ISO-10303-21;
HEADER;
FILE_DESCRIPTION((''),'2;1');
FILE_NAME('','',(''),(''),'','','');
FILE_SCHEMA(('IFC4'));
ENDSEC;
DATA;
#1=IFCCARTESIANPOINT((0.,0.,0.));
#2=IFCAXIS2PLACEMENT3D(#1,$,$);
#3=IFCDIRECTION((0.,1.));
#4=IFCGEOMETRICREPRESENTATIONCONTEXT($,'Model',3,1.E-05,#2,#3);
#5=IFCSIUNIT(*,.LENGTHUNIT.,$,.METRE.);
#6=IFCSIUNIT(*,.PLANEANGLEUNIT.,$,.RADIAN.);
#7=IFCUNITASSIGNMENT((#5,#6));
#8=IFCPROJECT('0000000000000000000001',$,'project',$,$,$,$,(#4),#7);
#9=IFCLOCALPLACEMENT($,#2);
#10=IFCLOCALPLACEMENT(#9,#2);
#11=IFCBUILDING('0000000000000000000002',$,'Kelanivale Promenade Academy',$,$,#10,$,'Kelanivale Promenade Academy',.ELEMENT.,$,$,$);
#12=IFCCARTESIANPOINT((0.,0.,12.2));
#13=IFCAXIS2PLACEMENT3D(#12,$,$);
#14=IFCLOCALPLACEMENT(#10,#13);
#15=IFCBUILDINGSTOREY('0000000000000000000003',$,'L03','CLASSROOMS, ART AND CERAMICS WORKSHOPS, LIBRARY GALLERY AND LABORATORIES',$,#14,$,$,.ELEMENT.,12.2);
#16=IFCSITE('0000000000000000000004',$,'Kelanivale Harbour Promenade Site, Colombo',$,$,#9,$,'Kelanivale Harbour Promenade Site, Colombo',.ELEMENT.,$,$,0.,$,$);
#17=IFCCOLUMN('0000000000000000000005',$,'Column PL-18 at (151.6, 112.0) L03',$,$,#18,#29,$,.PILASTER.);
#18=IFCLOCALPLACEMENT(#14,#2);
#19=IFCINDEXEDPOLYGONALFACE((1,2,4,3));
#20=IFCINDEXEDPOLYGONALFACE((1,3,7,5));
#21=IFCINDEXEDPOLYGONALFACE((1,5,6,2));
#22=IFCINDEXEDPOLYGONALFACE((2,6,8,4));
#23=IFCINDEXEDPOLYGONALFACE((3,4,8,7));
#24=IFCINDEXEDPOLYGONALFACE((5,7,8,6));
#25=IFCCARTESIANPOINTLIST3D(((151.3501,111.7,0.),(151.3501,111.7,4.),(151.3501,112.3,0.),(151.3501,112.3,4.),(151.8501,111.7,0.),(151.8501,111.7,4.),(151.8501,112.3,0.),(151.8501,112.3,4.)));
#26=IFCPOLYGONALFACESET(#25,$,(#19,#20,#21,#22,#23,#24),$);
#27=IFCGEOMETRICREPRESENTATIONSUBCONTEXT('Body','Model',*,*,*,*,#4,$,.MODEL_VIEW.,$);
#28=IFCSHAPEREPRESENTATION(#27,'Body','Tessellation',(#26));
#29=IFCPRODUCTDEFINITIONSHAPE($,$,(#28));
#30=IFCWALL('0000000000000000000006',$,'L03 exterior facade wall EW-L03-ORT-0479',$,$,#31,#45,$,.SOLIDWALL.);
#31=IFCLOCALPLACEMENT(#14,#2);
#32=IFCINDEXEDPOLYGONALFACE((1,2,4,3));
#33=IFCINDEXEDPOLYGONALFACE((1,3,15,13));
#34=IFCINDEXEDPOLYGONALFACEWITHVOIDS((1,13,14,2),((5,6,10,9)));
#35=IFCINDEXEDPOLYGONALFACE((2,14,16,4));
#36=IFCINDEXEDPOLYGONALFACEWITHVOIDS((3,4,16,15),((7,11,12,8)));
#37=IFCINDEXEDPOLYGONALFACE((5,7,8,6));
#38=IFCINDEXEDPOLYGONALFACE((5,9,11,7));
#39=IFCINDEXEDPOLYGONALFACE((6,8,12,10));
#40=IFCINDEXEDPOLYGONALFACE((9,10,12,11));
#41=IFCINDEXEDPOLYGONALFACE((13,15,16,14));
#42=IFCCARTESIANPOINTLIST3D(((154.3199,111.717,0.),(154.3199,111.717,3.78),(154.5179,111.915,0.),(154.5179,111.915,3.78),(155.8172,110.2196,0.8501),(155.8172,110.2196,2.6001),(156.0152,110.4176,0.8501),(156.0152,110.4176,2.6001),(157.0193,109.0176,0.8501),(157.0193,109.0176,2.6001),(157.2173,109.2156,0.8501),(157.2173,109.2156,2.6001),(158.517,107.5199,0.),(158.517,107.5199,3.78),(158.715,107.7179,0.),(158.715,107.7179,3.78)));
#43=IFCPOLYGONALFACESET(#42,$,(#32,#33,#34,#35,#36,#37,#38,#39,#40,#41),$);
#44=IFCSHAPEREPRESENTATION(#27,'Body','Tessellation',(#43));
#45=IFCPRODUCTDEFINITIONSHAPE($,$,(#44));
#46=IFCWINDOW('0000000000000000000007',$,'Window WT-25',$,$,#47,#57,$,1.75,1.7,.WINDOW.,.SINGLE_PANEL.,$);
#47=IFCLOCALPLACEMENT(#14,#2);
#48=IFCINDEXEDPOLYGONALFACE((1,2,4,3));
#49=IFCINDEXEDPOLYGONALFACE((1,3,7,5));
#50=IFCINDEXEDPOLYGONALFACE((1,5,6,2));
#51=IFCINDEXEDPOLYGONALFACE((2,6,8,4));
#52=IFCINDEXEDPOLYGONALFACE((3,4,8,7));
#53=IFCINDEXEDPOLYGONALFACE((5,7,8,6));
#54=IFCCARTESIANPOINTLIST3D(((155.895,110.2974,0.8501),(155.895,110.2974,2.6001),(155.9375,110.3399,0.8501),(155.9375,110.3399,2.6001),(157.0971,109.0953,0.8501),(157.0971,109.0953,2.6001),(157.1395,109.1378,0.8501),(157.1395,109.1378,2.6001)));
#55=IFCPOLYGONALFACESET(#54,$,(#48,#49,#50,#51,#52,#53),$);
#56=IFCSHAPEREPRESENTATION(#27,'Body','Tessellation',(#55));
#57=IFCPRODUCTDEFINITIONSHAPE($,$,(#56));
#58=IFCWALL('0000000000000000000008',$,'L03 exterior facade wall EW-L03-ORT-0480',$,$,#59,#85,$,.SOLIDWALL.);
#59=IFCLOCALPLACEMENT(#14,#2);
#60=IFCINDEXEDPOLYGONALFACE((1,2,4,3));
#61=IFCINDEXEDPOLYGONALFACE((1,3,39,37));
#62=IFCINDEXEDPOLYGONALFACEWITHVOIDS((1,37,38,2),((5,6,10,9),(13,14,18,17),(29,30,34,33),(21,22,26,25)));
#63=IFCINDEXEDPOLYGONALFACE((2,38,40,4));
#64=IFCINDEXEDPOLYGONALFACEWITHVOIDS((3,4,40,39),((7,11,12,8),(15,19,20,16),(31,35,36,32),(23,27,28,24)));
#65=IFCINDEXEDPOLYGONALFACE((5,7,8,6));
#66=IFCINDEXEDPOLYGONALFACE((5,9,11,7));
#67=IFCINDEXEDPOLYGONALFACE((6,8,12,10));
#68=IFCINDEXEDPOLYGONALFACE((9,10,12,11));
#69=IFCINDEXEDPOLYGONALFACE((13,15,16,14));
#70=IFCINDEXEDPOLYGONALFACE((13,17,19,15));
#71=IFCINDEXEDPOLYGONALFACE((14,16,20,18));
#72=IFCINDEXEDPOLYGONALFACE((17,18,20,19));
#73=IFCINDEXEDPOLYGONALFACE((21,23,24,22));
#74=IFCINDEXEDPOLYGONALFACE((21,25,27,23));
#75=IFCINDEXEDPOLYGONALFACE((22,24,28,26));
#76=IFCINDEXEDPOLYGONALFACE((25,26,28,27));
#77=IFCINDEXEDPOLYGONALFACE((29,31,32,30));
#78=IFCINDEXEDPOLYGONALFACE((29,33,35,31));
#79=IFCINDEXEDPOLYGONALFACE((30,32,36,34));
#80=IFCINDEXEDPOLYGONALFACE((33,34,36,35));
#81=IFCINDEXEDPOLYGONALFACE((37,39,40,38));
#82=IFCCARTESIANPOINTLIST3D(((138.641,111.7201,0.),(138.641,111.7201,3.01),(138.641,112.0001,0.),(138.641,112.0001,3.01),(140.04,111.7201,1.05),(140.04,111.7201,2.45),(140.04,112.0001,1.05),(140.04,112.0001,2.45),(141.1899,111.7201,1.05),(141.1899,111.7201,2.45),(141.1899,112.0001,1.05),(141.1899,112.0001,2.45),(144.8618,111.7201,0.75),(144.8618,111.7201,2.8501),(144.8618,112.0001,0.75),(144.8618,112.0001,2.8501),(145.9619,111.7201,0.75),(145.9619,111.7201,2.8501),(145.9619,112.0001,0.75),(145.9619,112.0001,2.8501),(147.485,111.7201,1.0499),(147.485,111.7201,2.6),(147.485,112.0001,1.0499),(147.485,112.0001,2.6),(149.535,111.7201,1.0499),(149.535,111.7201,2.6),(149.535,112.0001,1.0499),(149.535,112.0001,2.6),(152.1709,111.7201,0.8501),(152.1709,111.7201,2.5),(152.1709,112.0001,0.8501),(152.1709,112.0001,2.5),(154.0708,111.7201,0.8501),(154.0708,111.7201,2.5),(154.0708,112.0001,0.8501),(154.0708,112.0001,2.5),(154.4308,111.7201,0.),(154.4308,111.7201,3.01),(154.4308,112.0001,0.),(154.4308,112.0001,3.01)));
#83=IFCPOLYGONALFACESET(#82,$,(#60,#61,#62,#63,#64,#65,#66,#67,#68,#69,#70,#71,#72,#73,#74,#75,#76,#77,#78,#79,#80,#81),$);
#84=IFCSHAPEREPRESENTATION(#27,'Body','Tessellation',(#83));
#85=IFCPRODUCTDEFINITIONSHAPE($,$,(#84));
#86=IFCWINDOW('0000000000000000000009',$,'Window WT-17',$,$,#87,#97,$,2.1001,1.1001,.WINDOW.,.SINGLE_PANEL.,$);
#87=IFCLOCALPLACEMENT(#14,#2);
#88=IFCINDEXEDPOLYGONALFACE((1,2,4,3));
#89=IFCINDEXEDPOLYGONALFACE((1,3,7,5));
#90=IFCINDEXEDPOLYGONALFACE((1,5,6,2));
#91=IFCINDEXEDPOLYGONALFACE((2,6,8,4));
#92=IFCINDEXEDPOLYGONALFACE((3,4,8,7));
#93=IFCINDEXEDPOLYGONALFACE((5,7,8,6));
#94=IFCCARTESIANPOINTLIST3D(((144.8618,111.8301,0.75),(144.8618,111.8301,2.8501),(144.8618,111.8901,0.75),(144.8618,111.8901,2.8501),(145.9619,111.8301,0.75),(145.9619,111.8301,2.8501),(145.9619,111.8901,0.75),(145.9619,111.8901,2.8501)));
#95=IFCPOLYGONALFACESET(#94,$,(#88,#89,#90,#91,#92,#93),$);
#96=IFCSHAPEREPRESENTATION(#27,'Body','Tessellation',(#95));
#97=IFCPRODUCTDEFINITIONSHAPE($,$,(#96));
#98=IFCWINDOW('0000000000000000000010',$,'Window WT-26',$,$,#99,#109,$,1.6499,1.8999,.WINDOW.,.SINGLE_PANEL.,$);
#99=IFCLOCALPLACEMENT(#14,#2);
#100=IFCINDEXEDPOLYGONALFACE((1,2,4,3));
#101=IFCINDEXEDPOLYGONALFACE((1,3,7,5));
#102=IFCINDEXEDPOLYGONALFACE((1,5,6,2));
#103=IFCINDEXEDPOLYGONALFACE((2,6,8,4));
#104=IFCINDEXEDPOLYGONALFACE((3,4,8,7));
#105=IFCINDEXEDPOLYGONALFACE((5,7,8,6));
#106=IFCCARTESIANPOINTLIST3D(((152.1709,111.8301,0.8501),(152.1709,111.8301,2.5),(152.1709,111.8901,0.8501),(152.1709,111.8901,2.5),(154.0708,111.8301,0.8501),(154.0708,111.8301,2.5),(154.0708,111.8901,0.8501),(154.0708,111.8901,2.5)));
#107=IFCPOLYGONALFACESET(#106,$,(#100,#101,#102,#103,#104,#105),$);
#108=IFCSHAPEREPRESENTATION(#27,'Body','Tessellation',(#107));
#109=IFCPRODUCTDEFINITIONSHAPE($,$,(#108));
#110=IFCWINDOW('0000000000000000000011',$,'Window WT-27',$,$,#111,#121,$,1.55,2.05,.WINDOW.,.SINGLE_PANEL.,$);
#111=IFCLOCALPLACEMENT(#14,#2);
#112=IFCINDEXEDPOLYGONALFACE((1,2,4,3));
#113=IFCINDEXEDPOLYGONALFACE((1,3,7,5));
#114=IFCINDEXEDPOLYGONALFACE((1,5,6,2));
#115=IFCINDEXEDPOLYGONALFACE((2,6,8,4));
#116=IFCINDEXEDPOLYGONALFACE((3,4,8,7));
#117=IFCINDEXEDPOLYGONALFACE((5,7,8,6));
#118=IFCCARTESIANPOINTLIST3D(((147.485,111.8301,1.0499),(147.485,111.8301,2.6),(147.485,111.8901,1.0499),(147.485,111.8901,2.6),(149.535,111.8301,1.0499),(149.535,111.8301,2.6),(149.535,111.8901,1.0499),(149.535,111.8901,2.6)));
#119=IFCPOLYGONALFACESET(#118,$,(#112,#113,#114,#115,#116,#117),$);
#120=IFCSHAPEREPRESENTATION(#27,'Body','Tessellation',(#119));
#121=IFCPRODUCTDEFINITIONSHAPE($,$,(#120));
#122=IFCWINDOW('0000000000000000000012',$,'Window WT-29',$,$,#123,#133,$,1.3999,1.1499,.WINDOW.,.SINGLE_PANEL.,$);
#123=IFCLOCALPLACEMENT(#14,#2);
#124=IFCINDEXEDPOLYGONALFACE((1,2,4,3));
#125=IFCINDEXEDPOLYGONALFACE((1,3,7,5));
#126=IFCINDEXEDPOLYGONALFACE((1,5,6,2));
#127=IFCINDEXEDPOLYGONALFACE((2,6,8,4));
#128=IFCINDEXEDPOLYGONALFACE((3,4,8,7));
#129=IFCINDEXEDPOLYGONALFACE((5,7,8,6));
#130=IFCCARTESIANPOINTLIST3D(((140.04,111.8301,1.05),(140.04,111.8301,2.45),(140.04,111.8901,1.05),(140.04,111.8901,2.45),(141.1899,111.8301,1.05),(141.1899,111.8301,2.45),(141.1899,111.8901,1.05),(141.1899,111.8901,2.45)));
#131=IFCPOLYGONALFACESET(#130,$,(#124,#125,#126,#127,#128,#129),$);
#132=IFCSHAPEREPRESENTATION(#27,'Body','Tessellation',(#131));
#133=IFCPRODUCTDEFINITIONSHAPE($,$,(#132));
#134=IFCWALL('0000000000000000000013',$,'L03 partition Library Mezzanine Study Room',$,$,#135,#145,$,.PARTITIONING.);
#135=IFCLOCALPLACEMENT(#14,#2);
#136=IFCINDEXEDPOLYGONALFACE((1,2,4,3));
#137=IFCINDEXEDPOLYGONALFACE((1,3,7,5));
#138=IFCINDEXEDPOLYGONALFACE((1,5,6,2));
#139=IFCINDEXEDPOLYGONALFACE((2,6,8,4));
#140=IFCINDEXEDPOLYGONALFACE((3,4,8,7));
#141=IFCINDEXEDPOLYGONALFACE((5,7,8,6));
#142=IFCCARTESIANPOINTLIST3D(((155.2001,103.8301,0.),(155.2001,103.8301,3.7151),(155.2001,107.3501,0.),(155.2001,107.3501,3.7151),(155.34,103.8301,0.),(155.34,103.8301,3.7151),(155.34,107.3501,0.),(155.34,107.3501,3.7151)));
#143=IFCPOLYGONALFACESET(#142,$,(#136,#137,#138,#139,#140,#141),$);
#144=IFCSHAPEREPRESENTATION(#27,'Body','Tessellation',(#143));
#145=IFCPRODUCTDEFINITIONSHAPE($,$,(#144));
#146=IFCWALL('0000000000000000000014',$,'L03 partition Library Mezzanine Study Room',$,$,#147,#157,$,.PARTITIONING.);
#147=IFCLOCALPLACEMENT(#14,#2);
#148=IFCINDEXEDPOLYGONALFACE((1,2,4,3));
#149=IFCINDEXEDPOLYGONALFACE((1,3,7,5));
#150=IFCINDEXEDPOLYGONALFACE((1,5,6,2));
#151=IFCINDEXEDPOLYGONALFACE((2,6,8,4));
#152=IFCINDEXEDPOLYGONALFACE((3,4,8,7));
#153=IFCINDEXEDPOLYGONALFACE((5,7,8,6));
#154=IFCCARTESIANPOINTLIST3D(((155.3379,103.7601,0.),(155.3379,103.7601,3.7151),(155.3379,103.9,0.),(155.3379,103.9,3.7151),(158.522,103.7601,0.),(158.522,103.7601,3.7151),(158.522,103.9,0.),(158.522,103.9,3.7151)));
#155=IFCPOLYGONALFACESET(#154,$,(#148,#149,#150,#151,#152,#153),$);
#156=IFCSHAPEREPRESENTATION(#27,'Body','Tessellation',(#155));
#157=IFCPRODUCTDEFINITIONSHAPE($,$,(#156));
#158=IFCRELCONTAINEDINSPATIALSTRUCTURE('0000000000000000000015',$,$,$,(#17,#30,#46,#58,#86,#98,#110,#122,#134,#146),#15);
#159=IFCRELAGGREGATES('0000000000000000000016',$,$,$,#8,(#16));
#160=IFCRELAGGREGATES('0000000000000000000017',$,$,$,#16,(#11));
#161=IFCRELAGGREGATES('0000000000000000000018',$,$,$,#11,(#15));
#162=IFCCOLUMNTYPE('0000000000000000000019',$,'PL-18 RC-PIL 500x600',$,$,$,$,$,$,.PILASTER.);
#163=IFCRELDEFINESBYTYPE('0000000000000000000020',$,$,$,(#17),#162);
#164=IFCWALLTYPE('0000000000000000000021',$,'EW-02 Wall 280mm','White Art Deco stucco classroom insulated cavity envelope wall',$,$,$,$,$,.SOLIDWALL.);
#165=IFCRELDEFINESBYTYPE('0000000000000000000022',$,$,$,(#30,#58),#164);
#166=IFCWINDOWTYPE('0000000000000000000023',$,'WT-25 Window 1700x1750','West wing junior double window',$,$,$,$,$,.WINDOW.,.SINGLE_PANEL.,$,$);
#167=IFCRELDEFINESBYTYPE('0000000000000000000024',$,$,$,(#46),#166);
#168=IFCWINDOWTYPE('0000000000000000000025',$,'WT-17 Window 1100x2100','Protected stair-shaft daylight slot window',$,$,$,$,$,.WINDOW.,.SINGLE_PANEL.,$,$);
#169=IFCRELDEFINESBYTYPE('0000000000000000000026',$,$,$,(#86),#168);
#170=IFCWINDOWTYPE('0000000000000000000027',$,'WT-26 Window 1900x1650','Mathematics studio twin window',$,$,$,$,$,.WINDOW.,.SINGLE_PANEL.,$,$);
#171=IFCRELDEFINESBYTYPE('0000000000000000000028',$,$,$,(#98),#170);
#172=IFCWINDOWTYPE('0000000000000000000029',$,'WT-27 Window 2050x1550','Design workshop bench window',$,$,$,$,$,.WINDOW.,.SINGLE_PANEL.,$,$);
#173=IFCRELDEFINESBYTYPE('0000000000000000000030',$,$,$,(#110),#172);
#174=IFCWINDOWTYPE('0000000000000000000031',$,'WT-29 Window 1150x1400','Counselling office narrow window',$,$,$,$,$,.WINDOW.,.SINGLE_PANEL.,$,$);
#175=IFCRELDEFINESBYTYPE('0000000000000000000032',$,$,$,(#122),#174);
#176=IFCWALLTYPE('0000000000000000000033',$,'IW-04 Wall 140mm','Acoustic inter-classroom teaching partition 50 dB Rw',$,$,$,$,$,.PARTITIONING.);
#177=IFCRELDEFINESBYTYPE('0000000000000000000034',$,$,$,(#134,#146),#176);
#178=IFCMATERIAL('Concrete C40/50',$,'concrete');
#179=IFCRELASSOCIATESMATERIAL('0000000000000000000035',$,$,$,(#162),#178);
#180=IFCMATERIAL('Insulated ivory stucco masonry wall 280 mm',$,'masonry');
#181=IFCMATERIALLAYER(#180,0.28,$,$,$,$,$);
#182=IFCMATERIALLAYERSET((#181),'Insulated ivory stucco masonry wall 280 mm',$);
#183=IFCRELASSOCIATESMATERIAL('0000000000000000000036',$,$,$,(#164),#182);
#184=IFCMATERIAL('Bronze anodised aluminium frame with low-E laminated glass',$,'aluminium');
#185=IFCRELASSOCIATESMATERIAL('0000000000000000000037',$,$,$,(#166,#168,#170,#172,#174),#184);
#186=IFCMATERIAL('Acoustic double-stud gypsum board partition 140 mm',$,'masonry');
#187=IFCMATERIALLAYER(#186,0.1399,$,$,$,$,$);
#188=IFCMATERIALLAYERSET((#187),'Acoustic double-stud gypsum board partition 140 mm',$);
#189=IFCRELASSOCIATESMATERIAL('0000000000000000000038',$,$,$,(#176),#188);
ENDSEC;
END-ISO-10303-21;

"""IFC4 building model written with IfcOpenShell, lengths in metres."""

from ifc_helpers import new_model, si_unit, direction, frame, frame_2d, origin, origin_2d, place, context, subcontext, project, spatial, rectangle, extrude, material, layer, layer_set, material_profile, profile_set, type_object, element, fill, save


model = new_model("IFC4")

# Units and contexts
model_context = context("Model", 3, precision=1e-05, world=origin(), true_north=direction((0.0, 1.0)))
body_context = subcontext(model_context, "Body", "Model", "MODEL_VIEW")
ifc_project = project(units=[si_unit("LENGTHUNIT", "METRE"), si_unit("PLANEANGLEUNIT", "RADIAN")], contexts=[model_context])

# Site, building, storey
site_placement = place(None, origin())
site = spatial("IfcSite", under=ifc_project, at=site_placement, Name="Kelanivale Harbour Promenade Site, Colombo", LongName="Kelanivale Harbour Promenade Site, Colombo", CompositionType="ELEMENT", RefElevation=0.0)
building_placement = place(site_placement, origin())
building = spatial("IfcBuilding", under=site, at=building_placement, Name="Kelanivale Promenade Academy", LongName="Kelanivale Promenade Academy", CompositionType="ELEMENT")
storey_placement = place(building_placement, frame((0.0, 0.0, 12.2)))
storey = spatial("IfcBuildingStorey", under=building, at=storey_placement, Name="L03", Description="CLASSROOMS, ART AND CERAMICS WORKSHOPS, LIBRARY GALLERY AND LABORATORIES", CompositionType="ELEMENT", Elevation=12.2)

# Column
ifc_material_1 = material(Name="Concrete C40/50", Category="concrete")
ifc_material_profile = material_profile(ifc_material_1, rectangle(XDim=0.5, YDim=0.6001, at=origin_2d()), Name="RC-PIL 500x600")
ifc_profile_set = profile_set([ifc_material_profile], Name="Concrete C40/50")
column_type = type_object("IfcColumnType", Name="PL-18 RC-PIL 500x600", PredefinedType="PILASTER", material=ifc_profile_set)
column_placement = place(storey_placement, frame((151.6001, 112.0, 0.0), z_axis=(0.0, 0.0, 1.0), x_axis=(1.0, 0.0, 0.0)))
element("IfcColumn", 1, at=column_placement, inside=storey, type_object=column_type, Name="Column PL-18 at (151.6, 112.0) L03", PredefinedType="PILASTER", context=body_context, shape_type="SweptSolid", body=[
    extrude(rectangle(XDim=0.5, YDim=0.6001, at=origin_2d()), origin(), (0.0, 0.0, 1.0), 4.0),
])

# Wall, opening, window
ifc_material_2 = material(Name="Insulated ivory stucco masonry wall 280 mm", Category="masonry")
ifc_layer_1 = layer(ifc_material_2, 0.28)
ifc_layer_set_1 = layer_set([ifc_layer_1], Name="Insulated ivory stucco masonry wall 280 mm")
wall_type_1 = type_object("IfcWallType", Name="EW-02 Wall 280mm", Description="White Art Deco stucco classroom insulated cavity envelope wall", PredefinedType="SOLIDWALL", material=ifc_layer_set_1)
wall_1_placement = place(storey_placement, frame((158.616, 107.6189, 0.0), z_axis=(0.0, 0.0, 1.0), x_axis=(-0.707107, 0.707107, 0.0)))
wall_1 = element("IfcWall", 2, at=wall_1_placement, inside=storey, type_object=wall_type_1, Name="L03 exterior facade wall EW-L03-ORT-0479", PredefinedType="SOLIDWALL", context=body_context, shape_type="SweptSolid", body=[
    extrude(rectangle(XDim=5.9355, YDim=0.28, at=frame_2d((2.9678, 0.0))), origin(), (0.0, 0.0, 1.0), 3.78),
])
opening_1_placement = place(wall_1_placement, frame((2.1179, 0.0, 0.8501)))
opening_1 = element("IfcOpeningElement", 3, at=opening_1_placement, cuts=wall_1, PredefinedType="OPENING", context=body_context, shape_type="SweptSolid", body=[
    extrude(rectangle(XDim=1.7, YDim=1.75, at=frame_2d((0.8501, 0.875))), frame((0.0, 0.1499, 0.0), z_axis=(0.0, -1.0, 0.0), x_axis=(1.0, 0.0, 0.0)), (0.0, 0.0, 1.0), 0.3),
])
ifc_material_3 = material(Name="Bronze anodised aluminium frame with low-E laminated glass", Category="aluminium")
window_type_1 = type_object("IfcWindowType", Name="WT-25 Window 1700x1750", Description="West wing junior double window", PartitioningType="SINGLE_PANEL", PredefinedType="WINDOW", material=ifc_material_3)
window_1_placement = place(opening_1_placement, origin())
window_1 = element("IfcWindow", 4, at=window_1_placement, inside=storey, type_object=window_type_1, Name="Window WT-25", OverallHeight=1.75, OverallWidth=1.7, PartitioningType="SINGLE_PANEL", PredefinedType="WINDOW", context=body_context, shape_type="SweptSolid", body=[
    extrude(rectangle(XDim=1.7, YDim=1.75, at=frame_2d((0.8501, 0.875))), frame((0.0, 0.03, 0.0), z_axis=(0.0, -1.0, 0.0), x_axis=(1.0, 0.0, 0.0)), (0.0, 0.0, 1.0), 0.0601),
])
fill(opening_1, window_1)

# Wall, openings, windows
wall_2_placement = place(storey_placement, frame((154.4309, 111.8601, 0.0), z_axis=(0.0, 0.0, 1.0), x_axis=(-1.0, 0.0, 0.0)))
wall_2 = element("IfcWall", 5, at=wall_2_placement, inside=storey, type_object=wall_type_1, Name="L03 exterior facade wall EW-L03-ORT-0480", PredefinedType="SOLIDWALL", context=body_context, shape_type="SweptSolid", body=[
    extrude(rectangle(XDim=15.7898, YDim=0.28, at=frame_2d((7.895, 0.0))), origin(), (0.0, 0.0, 1.0), 3.01),
])
opening_2_placement = place(wall_2_placement, frame((0.3601, 0.0, 0.8501)))
opening_2 = element("IfcOpeningElement", 6, at=opening_2_placement, cuts=wall_2, PredefinedType="OPENING", context=body_context, shape_type="SweptSolid", body=[
    extrude(rectangle(XDim=1.8999, YDim=1.6499, at=frame_2d((0.95, 0.825))), frame((0.0, 0.1499, 0.0), z_axis=(0.0, -1.0, 0.0), x_axis=(1.0, 0.0, 0.0)), (0.0, 0.0, 1.0), 0.3),
])
opening_3_placement = place(wall_2_placement, frame((4.896, 0.0, 1.05)))
opening_3 = element("IfcOpeningElement", 7, at=opening_3_placement, cuts=wall_2, PredefinedType="OPENING", context=body_context, shape_type="SweptSolid", body=[
    extrude(rectangle(XDim=2.05, YDim=1.55, at=frame_2d((1.0249, 0.7749))), frame((0.0, 0.1499, 0.0), z_axis=(0.0, -1.0, 0.0), x_axis=(1.0, 0.0, 0.0)), (0.0, 0.0, 1.0), 0.3),
])
opening_4_placement = place(wall_2_placement, frame((8.469, 0.0, 0.75)))
opening_4 = element("IfcOpeningElement", 8, at=opening_4_placement, cuts=wall_2, PredefinedType="OPENING", context=body_context, shape_type="SweptSolid", body=[
    extrude(rectangle(XDim=1.1001, YDim=2.1001, at=frame_2d((0.55, 1.05))), frame((0.0, 0.1499, 0.0), z_axis=(0.0, -1.0, 0.0), x_axis=(1.0, 0.0, 0.0)), (0.0, 0.0, 1.0), 0.3),
])
opening_5_placement = place(wall_2_placement, frame((13.241, 0.0, 1.05)))
opening_5 = element("IfcOpeningElement", 9, at=opening_5_placement, cuts=wall_2, PredefinedType="OPENING", context=body_context, shape_type="SweptSolid", body=[
    extrude(rectangle(XDim=1.1499, YDim=1.3999, at=frame_2d((0.575, 0.7))), frame((0.0, 0.1499, 0.0), z_axis=(0.0, -1.0, 0.0), x_axis=(1.0, 0.0, 0.0)), (0.0, 0.0, 1.0), 0.3),
])
window_type_2 = type_object("IfcWindowType", Name="WT-17 Window 1100x2100", Description="Protected stair-shaft daylight slot window", PartitioningType="SINGLE_PANEL", PredefinedType="WINDOW", material=ifc_material_3)
window_2_placement = place(opening_4_placement, origin())
window_2 = element("IfcWindow", 10, at=window_2_placement, inside=storey, type_object=window_type_2, Name="Window WT-17", OverallHeight=2.1001, OverallWidth=1.1001, PartitioningType="SINGLE_PANEL", PredefinedType="WINDOW", context=body_context, shape_type="SweptSolid", body=[
    extrude(rectangle(XDim=1.1001, YDim=2.1001, at=frame_2d((0.55, 1.05))), frame((0.0, 0.03, 0.0), z_axis=(0.0, -1.0, 0.0), x_axis=(1.0, 0.0, 0.0)), (0.0, 0.0, 1.0), 0.0601),
])
fill(opening_4, window_2)
window_type_3 = type_object("IfcWindowType", Name="WT-26 Window 1900x1650", Description="Mathematics studio twin window", PartitioningType="SINGLE_PANEL", PredefinedType="WINDOW", material=ifc_material_3)
window_3_placement = place(opening_2_placement, origin())
window_3 = element("IfcWindow", 11, at=window_3_placement, inside=storey, type_object=window_type_3, Name="Window WT-26", OverallHeight=1.6499, OverallWidth=1.8999, PartitioningType="SINGLE_PANEL", PredefinedType="WINDOW", context=body_context, shape_type="SweptSolid", body=[
    extrude(rectangle(XDim=1.8999, YDim=1.6499, at=frame_2d((0.95, 0.825))), frame((0.0, 0.03, 0.0), z_axis=(0.0, -1.0, 0.0), x_axis=(1.0, 0.0, 0.0)), (0.0, 0.0, 1.0), 0.0601),
])
fill(opening_2, window_3)
window_type_4 = type_object("IfcWindowType", Name="WT-27 Window 2050x1550", Description="Design workshop bench window", PartitioningType="SINGLE_PANEL", PredefinedType="WINDOW", material=ifc_material_3)
window_4_placement = place(opening_3_placement, origin())
window_4 = element("IfcWindow", 12, at=window_4_placement, inside=storey, type_object=window_type_4, Name="Window WT-27", OverallHeight=1.55, OverallWidth=2.05, PartitioningType="SINGLE_PANEL", PredefinedType="WINDOW", context=body_context, shape_type="SweptSolid", body=[
    extrude(rectangle(XDim=2.05, YDim=1.55, at=frame_2d((1.0249, 0.7749))), frame((0.0, 0.03, 0.0), z_axis=(0.0, -1.0, 0.0), x_axis=(1.0, 0.0, 0.0)), (0.0, 0.0, 1.0), 0.0601),
])
fill(opening_3, window_4)
window_type_5 = type_object("IfcWindowType", Name="WT-29 Window 1150x1400", Description="Counselling office narrow window", PartitioningType="SINGLE_PANEL", PredefinedType="WINDOW", material=ifc_material_3)
window_5_placement = place(opening_5_placement, origin())
window_5 = element("IfcWindow", 13, at=window_5_placement, inside=storey, type_object=window_type_5, Name="Window WT-29", OverallHeight=1.3999, OverallWidth=1.1499, PartitioningType="SINGLE_PANEL", PredefinedType="WINDOW", context=body_context, shape_type="SweptSolid", body=[
    extrude(rectangle(XDim=1.1499, YDim=1.3999, at=frame_2d((0.575, 0.7))), frame((0.0, 0.03, 0.0), z_axis=(0.0, -1.0, 0.0), x_axis=(1.0, 0.0, 0.0)), (0.0, 0.0, 1.0), 0.0601),
])
fill(opening_5, window_5)

# Walls
ifc_material_4 = material(Name="Acoustic double-stud gypsum board partition 140 mm", Category="masonry")
ifc_layer_2 = layer(ifc_material_4, 0.1399)
ifc_layer_set_2 = layer_set([ifc_layer_2], Name="Acoustic double-stud gypsum board partition 140 mm")
wall_type_2 = type_object("IfcWallType", Name="IW-04 Wall 140mm", Description="Acoustic inter-classroom teaching partition 50 dB Rw", PredefinedType="PARTITIONING", material=ifc_layer_set_2)
wall_3_placement = place(storey_placement, frame((155.27, 107.3501, 0.0), z_axis=(0.0, 0.0, 1.0), x_axis=(0.0, -1.0, 0.0)))
element("IfcWall", 14, at=wall_3_placement, inside=storey, type_object=wall_type_2, Name="L03 partition Library Mezzanine Study Room", PredefinedType="PARTITIONING", context=body_context, shape_type="SweptSolid", body=[
    extrude(rectangle(XDim=3.52, YDim=0.1399, at=frame_2d((1.76, 0.0))), origin(), (0.0, 0.0, 1.0), 3.7151),
])
wall_4_placement = place(storey_placement, frame((155.3379, 103.8301, 0.0), z_axis=(0.0, 0.0, 1.0), x_axis=(1.0, 0.0, 0.0)))
element("IfcWall", 15, at=wall_4_placement, inside=storey, type_object=wall_type_2, Name="L03 partition Library Mezzanine Study Room", PredefinedType="PARTITIONING", context=body_context, shape_type="SweptSolid", body=[
    extrude(rectangle(XDim=3.1841, YDim=0.1399, at=frame_2d((1.592, 0.0))), origin(), (0.0, 0.0, 1.0), 3.7151),
])

save(model, "model.ifc")
